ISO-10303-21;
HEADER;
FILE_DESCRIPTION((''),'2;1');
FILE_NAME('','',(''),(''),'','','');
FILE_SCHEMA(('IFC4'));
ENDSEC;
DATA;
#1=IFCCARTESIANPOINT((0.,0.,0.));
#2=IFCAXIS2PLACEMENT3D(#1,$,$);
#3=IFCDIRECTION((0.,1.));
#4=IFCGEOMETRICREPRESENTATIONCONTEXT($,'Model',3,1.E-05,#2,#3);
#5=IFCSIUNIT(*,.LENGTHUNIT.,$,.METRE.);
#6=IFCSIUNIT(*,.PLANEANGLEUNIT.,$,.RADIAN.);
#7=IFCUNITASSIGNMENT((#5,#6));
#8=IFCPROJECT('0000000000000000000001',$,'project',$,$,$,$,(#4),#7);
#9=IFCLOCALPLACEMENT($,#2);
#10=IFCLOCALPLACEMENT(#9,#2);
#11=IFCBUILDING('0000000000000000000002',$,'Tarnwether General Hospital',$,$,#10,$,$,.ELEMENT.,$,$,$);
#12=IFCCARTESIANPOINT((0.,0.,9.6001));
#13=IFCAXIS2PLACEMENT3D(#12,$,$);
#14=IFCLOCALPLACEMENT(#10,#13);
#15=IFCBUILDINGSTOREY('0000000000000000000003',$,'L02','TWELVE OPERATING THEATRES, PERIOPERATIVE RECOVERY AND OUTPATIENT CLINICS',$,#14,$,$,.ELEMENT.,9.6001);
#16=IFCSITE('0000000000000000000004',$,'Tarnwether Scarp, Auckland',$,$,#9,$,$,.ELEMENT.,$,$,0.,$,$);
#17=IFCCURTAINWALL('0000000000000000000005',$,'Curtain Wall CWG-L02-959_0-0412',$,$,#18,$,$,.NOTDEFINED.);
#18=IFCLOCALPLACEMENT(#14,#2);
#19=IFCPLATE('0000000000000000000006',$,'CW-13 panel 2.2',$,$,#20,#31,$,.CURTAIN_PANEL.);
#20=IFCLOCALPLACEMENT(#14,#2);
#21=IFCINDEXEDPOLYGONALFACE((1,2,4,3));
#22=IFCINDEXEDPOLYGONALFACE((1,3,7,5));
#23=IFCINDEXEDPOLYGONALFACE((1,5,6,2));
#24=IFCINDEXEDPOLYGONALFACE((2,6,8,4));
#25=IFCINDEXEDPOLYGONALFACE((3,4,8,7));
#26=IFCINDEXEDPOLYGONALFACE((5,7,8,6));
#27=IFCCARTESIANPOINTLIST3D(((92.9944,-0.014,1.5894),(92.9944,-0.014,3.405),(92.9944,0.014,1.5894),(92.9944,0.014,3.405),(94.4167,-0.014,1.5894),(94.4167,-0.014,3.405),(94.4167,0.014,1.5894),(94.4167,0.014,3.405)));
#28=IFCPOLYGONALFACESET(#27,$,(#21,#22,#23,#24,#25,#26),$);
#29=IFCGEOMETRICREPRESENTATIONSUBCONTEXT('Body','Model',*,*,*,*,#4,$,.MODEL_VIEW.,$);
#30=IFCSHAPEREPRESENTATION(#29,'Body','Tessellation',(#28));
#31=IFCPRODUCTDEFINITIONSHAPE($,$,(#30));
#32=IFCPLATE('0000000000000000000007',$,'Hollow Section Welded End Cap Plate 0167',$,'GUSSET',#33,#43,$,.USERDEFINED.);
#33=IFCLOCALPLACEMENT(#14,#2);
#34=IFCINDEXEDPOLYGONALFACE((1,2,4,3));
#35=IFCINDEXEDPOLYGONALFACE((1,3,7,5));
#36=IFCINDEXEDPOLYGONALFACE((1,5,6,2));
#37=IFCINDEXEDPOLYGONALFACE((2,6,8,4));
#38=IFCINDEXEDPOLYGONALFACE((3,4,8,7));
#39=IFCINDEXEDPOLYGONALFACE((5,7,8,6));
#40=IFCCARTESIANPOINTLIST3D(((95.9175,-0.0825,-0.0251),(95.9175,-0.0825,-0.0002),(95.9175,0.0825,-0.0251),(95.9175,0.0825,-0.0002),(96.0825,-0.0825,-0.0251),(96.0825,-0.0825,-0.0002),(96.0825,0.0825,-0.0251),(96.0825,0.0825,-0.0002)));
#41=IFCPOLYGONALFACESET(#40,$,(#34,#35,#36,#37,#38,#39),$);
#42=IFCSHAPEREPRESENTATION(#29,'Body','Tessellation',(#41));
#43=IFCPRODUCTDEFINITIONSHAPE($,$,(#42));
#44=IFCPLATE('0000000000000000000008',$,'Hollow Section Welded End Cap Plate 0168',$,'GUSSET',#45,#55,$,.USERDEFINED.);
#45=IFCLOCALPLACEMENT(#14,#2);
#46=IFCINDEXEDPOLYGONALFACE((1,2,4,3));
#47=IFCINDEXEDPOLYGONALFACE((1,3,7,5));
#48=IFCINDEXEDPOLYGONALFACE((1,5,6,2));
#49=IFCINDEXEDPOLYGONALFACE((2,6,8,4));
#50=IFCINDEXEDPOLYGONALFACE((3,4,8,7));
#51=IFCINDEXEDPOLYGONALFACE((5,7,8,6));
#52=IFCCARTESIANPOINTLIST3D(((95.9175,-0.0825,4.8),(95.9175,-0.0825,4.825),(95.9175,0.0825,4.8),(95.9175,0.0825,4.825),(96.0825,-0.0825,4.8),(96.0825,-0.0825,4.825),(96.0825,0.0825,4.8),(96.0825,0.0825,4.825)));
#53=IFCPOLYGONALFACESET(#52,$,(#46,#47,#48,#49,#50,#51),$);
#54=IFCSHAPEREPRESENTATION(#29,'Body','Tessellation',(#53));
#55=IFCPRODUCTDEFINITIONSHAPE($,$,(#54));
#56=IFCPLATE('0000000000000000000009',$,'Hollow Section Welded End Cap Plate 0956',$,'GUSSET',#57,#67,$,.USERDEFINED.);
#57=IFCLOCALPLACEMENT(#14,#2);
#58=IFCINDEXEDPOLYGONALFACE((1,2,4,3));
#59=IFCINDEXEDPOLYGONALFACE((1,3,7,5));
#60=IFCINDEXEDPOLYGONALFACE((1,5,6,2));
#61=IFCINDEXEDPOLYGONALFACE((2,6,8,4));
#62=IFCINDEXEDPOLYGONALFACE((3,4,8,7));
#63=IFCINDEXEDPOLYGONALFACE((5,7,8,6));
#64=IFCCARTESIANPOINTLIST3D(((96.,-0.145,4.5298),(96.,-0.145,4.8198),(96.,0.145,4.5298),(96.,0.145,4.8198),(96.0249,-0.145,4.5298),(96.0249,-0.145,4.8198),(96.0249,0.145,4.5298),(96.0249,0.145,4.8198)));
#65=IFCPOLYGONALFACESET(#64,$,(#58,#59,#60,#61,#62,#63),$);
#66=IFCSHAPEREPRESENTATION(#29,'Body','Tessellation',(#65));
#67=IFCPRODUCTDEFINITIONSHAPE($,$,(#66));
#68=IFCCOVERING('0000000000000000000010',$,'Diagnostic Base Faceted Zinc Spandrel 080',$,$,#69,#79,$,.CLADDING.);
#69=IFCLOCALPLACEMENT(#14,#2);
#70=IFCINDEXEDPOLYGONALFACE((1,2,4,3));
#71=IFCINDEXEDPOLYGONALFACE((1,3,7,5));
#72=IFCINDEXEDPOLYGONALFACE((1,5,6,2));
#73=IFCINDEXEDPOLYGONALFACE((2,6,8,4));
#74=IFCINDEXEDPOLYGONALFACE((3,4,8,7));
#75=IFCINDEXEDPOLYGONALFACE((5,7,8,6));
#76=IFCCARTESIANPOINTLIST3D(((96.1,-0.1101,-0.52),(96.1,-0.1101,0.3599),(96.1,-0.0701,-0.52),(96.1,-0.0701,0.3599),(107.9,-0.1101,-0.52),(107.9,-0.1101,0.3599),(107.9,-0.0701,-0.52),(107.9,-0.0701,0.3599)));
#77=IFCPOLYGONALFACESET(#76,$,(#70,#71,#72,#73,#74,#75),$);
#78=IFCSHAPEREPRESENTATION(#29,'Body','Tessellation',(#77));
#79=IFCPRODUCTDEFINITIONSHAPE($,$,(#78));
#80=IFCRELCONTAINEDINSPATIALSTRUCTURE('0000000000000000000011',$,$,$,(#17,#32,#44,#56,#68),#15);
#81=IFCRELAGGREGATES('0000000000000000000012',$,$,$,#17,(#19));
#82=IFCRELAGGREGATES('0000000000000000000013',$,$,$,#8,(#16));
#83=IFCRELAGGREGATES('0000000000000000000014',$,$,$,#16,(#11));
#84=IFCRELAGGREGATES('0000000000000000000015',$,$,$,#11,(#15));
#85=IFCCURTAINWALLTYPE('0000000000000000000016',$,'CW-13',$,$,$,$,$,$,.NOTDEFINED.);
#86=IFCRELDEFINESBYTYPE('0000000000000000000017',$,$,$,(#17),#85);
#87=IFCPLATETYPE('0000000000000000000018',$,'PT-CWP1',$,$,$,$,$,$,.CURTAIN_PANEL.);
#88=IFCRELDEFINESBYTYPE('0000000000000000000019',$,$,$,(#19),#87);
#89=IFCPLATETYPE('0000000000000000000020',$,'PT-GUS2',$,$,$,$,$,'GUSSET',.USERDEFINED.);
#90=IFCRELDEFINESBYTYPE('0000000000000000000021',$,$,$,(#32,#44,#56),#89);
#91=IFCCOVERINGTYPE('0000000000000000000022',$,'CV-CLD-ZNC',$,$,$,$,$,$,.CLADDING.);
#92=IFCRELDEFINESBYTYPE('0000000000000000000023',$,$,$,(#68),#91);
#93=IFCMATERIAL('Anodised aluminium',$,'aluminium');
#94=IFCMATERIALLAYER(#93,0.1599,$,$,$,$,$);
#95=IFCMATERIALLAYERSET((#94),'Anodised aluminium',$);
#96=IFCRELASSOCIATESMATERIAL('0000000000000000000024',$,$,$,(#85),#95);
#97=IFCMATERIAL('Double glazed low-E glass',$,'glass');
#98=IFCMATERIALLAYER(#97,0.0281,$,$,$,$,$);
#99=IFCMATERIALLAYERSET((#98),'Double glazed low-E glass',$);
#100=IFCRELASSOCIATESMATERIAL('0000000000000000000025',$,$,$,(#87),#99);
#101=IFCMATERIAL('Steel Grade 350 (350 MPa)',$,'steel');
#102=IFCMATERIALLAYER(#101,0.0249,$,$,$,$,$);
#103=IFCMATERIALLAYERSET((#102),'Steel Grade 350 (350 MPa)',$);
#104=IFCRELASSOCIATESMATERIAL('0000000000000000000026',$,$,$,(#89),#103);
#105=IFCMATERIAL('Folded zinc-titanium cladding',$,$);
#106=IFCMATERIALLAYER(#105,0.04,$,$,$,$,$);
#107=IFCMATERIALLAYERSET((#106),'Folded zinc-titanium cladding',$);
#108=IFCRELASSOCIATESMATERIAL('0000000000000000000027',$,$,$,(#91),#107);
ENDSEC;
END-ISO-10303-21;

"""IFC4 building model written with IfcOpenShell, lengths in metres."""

from ifc_helpers import new_model, si_unit, direction, frame, origin, origin_2d, place, context, subcontext, project, spatial, rectangle, extrude, material, layer, layer_set, type_object, element, aggregate, save


model = new_model("IFC4")

# Units and contexts
model_context = context("Model", 3, precision=1e-05, world=origin(), true_north=direction((0.0, 1.0)))
body_context = subcontext(model_context, "Body", "Model", "MODEL_VIEW")
ifc_project = project(units=[si_unit("LENGTHUNIT", "METRE"), si_unit("PLANEANGLEUNIT", "RADIAN")], contexts=[model_context])

# Site, building, storey
site_placement = place(None, origin())
site = spatial("IfcSite", under=ifc_project, at=site_placement, Name="Tarnwether Scarp, Auckland", CompositionType="ELEMENT", RefElevation=0.0)
building_placement = place(site_placement, origin())
building = spatial("IfcBuilding", under=site, at=building_placement, Name="Tarnwether General Hospital", CompositionType="ELEMENT")
storey_placement = place(building_placement, frame((0.0, 0.0, 9.6001)))
storey = spatial("IfcBuildingStorey", under=building, at=storey_placement, Name="L02", Description="TWELVE OPERATING THEATRES, PERIOPERATIVE RECOVERY AND OUTPATIENT CLINICS", CompositionType="ELEMENT", Elevation=9.6001)

# Curtain wall
ifc_material_1 = material(Name="Anodised aluminium", Category="aluminium")
ifc_layer_1 = layer(ifc_material_1, 0.1599)
ifc_layer_set_1 = layer_set([ifc_layer_1], Name="Anodised aluminium")
curtain_wall_type = type_object("IfcCurtainWallType", Name="CW-13", PredefinedType="NOTDEFINED", material=ifc_layer_set_1)
curtain_wall_1_placement = place(storey_placement, origin())
curtain_wall_1 = element("IfcCurtainWall", 1, at=curtain_wall_1_placement, inside=storey, type_object=curtain_wall_type, Name="Curtain Wall CWG-L02-959_0-0412", PredefinedType="NOTDEFINED")

# Plate
ifc_material_2 = material(Name="Double glazed low-E glass", Category="glass")
ifc_layer_2 = layer(ifc_material_2, 0.0281)
ifc_layer_set_2 = layer_set([ifc_layer_2], Name="Double glazed low-E glass")
plate_type_1 = type_object("IfcPlateType", Name="PT-CWP1", PredefinedType="CURTAIN_PANEL", material=ifc_layer_set_2)
plate_1_placement = place(storey_placement, frame((93.7056, 0.0, 1.5894), z_axis=(0.0, 0.0, 1.0), x_axis=(-1.0, 0.0, 0.0)))
plate_1 = element("IfcPlate", 2, at=plate_1_placement, type_object=plate_type_1, Name="CW-13 panel 2.2", PredefinedType="CURTAIN_PANEL", context=body_context, shape_type="SweptSolid", body=[
    extrude(rectangle(XDim=1.4224, YDim=0.0281, at=origin_2d()), origin(), (0.0, 0.0, 1.0), 1.8157),
])
aggregate(curtain_wall_1, [plate_1])

# Plates
ifc_material_3 = material(Name="Steel Grade 350 (350 MPa)", Category="steel")
ifc_layer_3 = layer(ifc_material_3, 0.0249)
ifc_layer_set_3 = layer_set([ifc_layer_3], Name="Steel Grade 350 (350 MPa)")
plate_type_2 = type_object("IfcPlateType", Name="PT-GUS2", ElementType="GUSSET", PredefinedType="USERDEFINED", material=ifc_layer_set_3)
for number, where, z_axis, x_axis, name in (
    (3, (96.0, 0.0, -0.0251), (0.0, 0.0, 1.0), (1.0, 0.0, 0.0), "Hollow Section Welded End Cap Plate 0167"),
    (4, (96.0, 0.0, 4.8), (0.0, 0.0, 1.0), (1.0, 0.0, 0.0), "Hollow Section Welded End Cap Plate 0168"),
):
    element("IfcPlate", number, at=place(storey_placement, frame(where, z_axis=z_axis, x_axis=x_axis)), inside=storey, type_object=plate_type_2, Name=name, ObjectType="GUSSET", PredefinedType="USERDEFINED", context=body_context, shape_type="SweptSolid", body=[
        extrude(rectangle(XDim=0.165, YDim=0.165, at=origin_2d()), origin(), (0.0, 0.0, 1.0), 0.0249),
    ])
plate_2_placement = place(storey_placement, frame((96.0125, 0.0, 4.5298), z_axis=(0.0, 0.0, 1.0), x_axis=(1.0, 0.0, 0.0)))
element("IfcPlate", 5, at=plate_2_placement, inside=storey, type_object=plate_type_2, Name="Hollow Section Welded End Cap Plate 0956", ObjectType="GUSSET", PredefinedType="USERDEFINED", context=body_context, shape_type="SweptSolid", body=[
    extrude(rectangle(XDim=0.0249, YDim=0.29, at=origin_2d()), origin(), (0.0, 0.0, 1.0), 0.29),
])

# Covering
ifc_material_4 = material(Name="Folded zinc-titanium cladding")
ifc_layer_4 = layer(ifc_material_4, 0.04)
ifc_layer_set_4 = layer_set([ifc_layer_4], Name="Folded zinc-titanium cladding")
covering_type = type_object("IfcCoveringType", Name="CV-CLD-ZNC", PredefinedType="CLADDING", material=ifc_layer_set_4)
covering_placement = place(storey_placement, frame((102.0, -0.0901, -0.52), z_axis=(0.0, 0.0, 1.0), x_axis=(1.0, 0.0, 0.0)))
element("IfcCovering", 6, at=covering_placement, inside=storey, type_object=covering_type, Name="Diagnostic Base Faceted Zinc Spandrel 080", PredefinedType="CLADDING", context=body_context, shape_type="SweptSolid", body=[
    extrude(rectangle(XDim=11.8, YDim=0.04, at=origin_2d()), origin(), (0.0, 0.0, 1.0), 0.8799),
])

save(model, "model.ifc")
